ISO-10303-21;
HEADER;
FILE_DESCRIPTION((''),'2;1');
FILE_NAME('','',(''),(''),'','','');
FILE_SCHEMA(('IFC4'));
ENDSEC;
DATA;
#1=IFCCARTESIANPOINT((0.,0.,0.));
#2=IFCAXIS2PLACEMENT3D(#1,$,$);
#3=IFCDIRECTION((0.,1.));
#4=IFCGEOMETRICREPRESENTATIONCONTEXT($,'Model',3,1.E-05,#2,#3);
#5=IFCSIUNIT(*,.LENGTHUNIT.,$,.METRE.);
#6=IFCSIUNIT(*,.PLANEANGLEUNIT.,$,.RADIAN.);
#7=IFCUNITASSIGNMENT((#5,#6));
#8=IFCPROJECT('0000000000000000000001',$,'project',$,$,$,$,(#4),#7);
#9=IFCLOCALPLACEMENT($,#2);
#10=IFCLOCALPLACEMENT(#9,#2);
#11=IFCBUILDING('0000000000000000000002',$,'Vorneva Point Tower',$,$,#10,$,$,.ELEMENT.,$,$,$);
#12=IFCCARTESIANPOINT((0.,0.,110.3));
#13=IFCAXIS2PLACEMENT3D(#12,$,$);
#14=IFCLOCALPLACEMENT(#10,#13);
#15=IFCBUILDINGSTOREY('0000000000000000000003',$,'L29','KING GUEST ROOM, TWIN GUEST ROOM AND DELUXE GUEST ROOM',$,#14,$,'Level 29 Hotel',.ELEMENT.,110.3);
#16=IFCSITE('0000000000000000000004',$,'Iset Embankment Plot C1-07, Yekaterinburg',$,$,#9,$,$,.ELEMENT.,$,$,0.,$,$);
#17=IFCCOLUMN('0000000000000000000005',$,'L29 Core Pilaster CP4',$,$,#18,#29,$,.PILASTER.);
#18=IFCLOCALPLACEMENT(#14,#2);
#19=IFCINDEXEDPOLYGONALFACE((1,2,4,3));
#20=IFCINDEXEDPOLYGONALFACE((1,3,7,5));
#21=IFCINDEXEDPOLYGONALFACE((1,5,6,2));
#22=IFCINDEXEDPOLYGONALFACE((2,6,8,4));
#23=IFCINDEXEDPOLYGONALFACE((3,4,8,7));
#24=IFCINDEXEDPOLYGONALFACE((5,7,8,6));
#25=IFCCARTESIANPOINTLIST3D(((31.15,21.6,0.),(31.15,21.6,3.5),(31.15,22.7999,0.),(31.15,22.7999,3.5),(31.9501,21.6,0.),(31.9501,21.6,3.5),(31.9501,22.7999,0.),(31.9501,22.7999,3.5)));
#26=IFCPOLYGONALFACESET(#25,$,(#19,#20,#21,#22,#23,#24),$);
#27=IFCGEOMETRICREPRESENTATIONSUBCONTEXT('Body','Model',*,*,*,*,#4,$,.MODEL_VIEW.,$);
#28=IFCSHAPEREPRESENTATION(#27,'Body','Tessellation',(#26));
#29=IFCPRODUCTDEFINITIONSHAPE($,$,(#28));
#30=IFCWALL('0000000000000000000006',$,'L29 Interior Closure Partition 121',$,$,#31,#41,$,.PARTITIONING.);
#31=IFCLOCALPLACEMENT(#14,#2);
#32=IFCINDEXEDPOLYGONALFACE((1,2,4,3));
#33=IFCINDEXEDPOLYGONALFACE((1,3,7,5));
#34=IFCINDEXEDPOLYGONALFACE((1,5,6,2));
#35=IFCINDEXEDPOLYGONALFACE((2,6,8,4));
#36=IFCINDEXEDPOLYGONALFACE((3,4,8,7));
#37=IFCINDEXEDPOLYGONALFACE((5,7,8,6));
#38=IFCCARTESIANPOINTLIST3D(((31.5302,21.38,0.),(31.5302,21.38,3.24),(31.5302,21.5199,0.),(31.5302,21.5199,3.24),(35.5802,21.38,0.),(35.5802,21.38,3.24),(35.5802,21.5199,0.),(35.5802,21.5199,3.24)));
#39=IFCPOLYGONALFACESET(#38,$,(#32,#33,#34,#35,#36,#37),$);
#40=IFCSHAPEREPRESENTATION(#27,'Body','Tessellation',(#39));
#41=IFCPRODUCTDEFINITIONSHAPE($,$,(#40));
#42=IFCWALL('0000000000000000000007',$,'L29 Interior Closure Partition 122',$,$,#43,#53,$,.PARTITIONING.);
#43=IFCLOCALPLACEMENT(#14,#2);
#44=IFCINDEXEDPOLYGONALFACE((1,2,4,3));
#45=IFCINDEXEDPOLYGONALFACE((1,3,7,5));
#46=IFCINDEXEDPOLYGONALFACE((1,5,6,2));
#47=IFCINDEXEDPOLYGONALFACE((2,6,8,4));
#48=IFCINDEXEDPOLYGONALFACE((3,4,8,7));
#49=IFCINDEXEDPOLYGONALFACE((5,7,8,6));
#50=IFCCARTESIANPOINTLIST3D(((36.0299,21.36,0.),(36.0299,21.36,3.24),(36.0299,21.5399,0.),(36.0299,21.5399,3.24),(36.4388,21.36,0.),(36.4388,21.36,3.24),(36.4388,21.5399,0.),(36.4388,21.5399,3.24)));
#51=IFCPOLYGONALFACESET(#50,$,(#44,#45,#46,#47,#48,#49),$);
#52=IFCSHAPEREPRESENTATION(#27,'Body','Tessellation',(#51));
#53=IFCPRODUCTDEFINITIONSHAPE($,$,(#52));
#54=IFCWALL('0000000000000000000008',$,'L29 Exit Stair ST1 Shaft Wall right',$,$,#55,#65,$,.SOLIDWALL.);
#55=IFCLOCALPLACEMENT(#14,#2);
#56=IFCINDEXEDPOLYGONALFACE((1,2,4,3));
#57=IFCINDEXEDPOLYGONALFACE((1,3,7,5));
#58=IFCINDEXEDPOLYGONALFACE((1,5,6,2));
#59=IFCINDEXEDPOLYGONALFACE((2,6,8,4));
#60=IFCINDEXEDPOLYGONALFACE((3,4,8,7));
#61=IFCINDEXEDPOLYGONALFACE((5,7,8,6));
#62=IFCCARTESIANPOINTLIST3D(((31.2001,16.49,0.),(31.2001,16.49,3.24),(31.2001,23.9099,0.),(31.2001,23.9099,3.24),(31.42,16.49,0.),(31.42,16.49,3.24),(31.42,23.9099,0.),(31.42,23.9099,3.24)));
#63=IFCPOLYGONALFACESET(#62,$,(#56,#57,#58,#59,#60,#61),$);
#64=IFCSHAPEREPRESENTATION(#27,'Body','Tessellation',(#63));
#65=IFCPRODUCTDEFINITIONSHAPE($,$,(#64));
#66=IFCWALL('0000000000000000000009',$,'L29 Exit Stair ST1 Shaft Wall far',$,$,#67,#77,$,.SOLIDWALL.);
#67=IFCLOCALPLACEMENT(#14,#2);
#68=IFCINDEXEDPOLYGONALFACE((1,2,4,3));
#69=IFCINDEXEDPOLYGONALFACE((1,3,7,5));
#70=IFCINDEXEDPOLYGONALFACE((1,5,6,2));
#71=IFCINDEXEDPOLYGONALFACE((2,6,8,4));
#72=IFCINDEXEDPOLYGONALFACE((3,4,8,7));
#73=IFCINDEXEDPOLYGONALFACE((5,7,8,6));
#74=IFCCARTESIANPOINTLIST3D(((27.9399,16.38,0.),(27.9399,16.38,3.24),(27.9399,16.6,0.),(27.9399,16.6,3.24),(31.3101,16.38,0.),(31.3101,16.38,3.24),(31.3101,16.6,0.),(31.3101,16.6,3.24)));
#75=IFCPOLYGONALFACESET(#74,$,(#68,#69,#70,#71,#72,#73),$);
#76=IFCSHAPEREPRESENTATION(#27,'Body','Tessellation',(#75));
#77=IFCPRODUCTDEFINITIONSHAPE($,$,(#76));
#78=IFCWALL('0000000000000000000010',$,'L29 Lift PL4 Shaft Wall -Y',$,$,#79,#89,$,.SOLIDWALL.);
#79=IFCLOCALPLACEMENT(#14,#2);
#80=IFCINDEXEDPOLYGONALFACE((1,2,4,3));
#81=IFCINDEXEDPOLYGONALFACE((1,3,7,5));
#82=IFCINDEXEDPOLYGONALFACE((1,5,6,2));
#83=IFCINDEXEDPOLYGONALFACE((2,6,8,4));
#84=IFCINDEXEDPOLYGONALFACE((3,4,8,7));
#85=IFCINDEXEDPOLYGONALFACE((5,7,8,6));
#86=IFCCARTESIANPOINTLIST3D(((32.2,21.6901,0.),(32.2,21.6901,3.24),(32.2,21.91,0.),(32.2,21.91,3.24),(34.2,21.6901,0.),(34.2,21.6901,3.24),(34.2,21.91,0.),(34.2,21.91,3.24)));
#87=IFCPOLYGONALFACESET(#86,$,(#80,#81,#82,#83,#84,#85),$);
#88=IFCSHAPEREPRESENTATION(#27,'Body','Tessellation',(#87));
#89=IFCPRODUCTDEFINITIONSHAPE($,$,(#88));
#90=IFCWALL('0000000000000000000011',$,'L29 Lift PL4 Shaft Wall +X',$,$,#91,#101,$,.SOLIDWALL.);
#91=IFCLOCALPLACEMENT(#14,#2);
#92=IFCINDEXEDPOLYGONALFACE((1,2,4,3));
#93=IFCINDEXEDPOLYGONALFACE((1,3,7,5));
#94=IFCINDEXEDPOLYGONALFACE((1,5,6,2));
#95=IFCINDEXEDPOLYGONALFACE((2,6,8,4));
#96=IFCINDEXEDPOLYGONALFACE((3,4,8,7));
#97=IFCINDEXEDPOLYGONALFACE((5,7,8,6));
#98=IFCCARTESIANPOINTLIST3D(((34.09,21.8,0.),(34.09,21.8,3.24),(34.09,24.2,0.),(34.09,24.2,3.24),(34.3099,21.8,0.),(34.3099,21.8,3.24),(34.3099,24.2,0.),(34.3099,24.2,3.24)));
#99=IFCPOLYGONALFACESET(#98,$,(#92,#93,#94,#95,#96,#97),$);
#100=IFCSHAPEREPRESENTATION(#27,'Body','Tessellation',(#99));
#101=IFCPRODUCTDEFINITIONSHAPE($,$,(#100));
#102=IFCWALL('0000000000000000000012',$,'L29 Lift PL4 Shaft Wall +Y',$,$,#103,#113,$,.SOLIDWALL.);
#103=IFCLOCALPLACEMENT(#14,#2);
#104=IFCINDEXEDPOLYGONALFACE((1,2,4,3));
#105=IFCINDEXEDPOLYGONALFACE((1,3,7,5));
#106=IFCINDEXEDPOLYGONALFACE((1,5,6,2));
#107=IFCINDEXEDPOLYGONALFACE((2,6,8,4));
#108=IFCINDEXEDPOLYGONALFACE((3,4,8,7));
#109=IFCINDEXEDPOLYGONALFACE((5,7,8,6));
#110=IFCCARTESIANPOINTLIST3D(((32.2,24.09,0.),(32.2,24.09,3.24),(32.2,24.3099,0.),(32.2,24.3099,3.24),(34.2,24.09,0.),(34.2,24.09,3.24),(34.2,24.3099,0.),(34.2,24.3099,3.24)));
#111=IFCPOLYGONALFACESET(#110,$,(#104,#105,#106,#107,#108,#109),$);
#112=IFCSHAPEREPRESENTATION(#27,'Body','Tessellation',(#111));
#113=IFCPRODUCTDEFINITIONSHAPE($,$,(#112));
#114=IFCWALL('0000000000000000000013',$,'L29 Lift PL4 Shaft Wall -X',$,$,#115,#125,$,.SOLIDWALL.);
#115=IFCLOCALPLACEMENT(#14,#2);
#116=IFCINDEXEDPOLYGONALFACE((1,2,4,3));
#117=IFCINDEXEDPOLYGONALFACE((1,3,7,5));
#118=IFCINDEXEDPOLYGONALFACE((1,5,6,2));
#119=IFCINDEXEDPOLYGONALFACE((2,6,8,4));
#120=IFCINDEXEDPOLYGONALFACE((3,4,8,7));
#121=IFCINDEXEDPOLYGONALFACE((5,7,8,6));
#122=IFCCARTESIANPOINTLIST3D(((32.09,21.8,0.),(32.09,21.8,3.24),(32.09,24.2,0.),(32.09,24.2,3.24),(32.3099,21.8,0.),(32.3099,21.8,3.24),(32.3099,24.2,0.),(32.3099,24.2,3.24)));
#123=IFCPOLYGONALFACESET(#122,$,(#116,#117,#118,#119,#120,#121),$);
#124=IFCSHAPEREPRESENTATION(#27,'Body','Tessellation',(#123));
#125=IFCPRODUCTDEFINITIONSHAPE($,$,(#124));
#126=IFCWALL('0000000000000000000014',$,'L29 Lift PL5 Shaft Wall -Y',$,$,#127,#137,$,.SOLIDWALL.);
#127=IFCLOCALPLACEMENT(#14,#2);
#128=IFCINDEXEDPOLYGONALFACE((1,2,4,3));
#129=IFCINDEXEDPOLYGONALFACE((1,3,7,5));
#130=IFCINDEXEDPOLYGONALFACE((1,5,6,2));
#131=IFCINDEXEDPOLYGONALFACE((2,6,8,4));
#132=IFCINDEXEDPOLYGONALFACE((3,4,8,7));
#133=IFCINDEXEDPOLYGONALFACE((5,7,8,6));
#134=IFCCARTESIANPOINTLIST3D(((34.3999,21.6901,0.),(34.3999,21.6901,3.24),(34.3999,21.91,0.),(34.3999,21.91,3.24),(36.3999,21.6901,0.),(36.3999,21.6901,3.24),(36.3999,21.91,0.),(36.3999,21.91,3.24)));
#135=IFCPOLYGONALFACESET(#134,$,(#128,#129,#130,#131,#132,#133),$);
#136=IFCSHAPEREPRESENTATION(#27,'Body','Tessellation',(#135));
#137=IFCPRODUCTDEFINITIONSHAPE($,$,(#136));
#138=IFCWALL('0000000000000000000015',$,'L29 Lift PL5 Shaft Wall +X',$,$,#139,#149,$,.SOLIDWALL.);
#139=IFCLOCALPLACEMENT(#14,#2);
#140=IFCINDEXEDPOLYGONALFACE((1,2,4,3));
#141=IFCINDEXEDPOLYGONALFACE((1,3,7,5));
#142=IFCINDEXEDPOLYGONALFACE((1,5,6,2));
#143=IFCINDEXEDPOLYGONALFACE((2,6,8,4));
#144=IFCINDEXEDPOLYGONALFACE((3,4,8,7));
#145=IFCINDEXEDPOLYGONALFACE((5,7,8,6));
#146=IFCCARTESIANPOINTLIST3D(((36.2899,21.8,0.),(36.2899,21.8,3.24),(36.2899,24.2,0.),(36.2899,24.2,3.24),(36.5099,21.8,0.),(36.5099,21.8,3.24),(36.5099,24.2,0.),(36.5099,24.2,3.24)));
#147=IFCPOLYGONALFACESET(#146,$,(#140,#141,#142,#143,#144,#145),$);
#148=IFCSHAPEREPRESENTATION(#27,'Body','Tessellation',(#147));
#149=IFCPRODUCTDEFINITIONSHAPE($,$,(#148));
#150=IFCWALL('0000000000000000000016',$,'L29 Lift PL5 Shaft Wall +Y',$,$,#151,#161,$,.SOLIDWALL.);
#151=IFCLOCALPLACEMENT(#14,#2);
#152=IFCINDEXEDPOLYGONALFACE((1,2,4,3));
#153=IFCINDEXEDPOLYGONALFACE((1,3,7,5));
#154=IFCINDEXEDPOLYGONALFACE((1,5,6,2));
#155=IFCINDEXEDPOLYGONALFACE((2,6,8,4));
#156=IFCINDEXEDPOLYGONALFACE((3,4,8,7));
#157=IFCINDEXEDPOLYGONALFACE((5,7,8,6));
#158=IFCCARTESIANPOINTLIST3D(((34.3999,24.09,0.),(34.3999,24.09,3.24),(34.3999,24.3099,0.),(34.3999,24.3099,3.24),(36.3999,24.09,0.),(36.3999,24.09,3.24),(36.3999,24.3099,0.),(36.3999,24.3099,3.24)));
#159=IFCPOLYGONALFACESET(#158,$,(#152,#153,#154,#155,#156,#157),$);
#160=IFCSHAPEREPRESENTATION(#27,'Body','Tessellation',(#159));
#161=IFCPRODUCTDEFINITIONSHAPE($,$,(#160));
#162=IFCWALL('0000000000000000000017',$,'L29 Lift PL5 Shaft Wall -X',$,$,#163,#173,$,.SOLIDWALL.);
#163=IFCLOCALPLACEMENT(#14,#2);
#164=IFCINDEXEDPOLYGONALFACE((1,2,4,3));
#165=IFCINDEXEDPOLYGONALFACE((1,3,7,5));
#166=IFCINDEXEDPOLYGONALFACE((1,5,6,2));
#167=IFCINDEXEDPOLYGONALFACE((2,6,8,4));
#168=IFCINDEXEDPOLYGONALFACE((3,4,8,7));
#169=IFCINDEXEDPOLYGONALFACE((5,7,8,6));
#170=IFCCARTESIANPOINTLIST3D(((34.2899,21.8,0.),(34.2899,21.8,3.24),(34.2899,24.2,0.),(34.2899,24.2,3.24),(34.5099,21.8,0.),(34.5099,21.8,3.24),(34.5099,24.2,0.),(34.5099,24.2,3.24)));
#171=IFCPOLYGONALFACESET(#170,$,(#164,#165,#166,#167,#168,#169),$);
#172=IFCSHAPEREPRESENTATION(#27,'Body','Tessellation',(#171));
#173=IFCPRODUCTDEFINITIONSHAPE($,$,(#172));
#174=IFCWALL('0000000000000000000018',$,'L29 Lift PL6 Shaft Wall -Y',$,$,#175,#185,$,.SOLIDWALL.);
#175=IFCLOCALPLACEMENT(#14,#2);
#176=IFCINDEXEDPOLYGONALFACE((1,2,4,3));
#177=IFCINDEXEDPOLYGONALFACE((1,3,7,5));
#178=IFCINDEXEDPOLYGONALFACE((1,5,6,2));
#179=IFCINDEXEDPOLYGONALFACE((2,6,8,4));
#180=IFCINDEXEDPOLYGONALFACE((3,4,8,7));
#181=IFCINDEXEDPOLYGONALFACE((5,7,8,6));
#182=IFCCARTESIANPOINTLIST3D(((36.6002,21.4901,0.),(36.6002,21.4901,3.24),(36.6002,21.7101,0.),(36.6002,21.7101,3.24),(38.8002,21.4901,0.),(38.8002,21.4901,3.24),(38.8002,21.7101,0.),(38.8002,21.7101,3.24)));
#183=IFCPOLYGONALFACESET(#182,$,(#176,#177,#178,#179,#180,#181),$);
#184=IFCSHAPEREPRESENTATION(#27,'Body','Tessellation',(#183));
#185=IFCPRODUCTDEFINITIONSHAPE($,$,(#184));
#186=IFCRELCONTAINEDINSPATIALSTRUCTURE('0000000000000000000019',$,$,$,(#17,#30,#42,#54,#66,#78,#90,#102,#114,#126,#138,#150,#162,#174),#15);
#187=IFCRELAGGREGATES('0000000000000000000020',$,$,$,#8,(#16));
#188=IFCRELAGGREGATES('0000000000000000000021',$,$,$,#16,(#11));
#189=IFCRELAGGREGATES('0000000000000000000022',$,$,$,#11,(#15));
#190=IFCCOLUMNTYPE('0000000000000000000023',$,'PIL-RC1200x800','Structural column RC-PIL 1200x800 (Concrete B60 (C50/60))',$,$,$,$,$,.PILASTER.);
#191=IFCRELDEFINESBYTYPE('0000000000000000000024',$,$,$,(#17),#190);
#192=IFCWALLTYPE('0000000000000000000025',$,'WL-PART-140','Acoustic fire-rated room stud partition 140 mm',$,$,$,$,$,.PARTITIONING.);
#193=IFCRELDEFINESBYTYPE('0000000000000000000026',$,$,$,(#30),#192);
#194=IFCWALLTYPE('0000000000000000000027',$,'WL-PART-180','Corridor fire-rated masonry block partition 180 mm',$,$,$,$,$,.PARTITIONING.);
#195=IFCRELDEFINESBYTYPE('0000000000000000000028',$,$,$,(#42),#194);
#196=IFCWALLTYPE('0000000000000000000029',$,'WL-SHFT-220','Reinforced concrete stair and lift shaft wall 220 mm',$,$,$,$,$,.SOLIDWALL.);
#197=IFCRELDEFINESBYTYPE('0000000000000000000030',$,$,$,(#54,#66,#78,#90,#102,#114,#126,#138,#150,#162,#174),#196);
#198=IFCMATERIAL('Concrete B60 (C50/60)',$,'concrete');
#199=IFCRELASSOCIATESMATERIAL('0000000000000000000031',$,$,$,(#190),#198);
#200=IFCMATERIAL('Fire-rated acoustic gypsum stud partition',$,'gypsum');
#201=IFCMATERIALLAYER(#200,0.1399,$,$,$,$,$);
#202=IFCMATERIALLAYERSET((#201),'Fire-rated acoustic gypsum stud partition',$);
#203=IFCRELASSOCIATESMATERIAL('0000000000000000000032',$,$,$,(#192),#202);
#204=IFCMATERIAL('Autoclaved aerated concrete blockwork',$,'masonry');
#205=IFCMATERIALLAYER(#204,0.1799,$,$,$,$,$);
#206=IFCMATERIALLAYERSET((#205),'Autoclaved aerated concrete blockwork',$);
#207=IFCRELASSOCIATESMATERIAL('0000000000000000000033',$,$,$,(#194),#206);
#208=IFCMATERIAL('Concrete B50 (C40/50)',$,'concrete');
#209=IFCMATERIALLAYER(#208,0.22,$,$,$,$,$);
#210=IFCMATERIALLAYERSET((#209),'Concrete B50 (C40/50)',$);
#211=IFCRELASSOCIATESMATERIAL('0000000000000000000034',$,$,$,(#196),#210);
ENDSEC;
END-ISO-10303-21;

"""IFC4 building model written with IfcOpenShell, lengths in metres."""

from ifc_helpers import new_model, si_unit, direction, frame, frame_2d, origin, origin_2d, place, context, subcontext, project, spatial, rectangle, extrude, material, layer, layer_set, material_profile, profile_set, type_object, element, save


model = new_model("IFC4")

# Units and contexts
model_context = context("Model", 3, precision=1e-05, world=origin(), true_north=direction((0.0, 1.0)))
body_context = subcontext(model_context, "Body", "Model", "MODEL_VIEW")
ifc_project = project(units=[si_unit("LENGTHUNIT", "METRE"), si_unit("PLANEANGLEUNIT", "RADIAN")], contexts=[model_context])

# Site, building, storey
site_placement = place(None, origin())
site = spatial("IfcSite", under=ifc_project, at=site_placement, Name="Iset Embankment Plot C1-07, Yekaterinburg", CompositionType="ELEMENT", RefElevation=0.0)
building_placement = place(site_placement, origin())
building = spatial("IfcBuilding", under=site, at=building_placement, Name="Vorneva Point Tower", CompositionType="ELEMENT")
storey_placement = place(building_placement, frame((0.0, 0.0, 110.3)))
storey = spatial("IfcBuildingStorey", under=building, at=storey_placement, Name="L29", Description="KING GUEST ROOM, TWIN GUEST ROOM AND DELUXE GUEST ROOM", LongName="Level 29 Hotel", CompositionType="ELEMENT", Elevation=110.3)

# Column
ifc_material_1 = material(Name="Concrete B60 (C50/60)", Category="concrete")
ifc_material_profile = material_profile(ifc_material_1, rectangle(XDim=0.8, YDim=1.2, at=origin_2d()), Name="RC-PIL 1200x800")
ifc_profile_set = profile_set([ifc_material_profile], Name="Concrete B60 (C50/60)")
column_type = type_object("IfcColumnType", Name="PIL-RC1200x800", Description="Structural column RC-PIL 1200x800 (Concrete B60 (C50/60))", PredefinedType="PILASTER", material=ifc_profile_set)
column_placement = place(storey_placement, frame((31.55, 22.2, 0.0), z_axis=(0.0, 0.0, 1.0), x_axis=(1.0, 0.0, 0.0)))
element("IfcColumn", 1, at=column_placement, inside=storey, type_object=column_type, Name="L29 Core Pilaster CP4", PredefinedType="PILASTER", context=body_context, shape_type="SweptSolid", body=[
    extrude(rectangle(XDim=0.8, YDim=1.2, at=origin_2d()), origin(), (0.0, 0.0, 1.0), 3.5),
])

# Wall
ifc_material_2 = material(Name="Fire-rated acoustic gypsum stud partition", Category="gypsum")
ifc_layer_1 = layer(ifc_material_2, 0.1399)
ifc_layer_set_1 = layer_set([ifc_layer_1], Name="Fire-rated acoustic gypsum stud partition")
wall_type_1 = type_object("IfcWallType", Name="WL-PART-140", Description="Acoustic fire-rated room stud partition 140 mm", PredefinedType="PARTITIONING", material=ifc_layer_set_1)
wall_1_placement = place(storey_placement, frame((35.5801, 21.45, 0.0), z_axis=(0.0, 0.0, 1.0), x_axis=(-1.0, 0.0, 0.0)))
element("IfcWall", 2, at=wall_1_placement, inside=storey, type_object=wall_type_1, Name="L29 Interior Closure Partition 121", PredefinedType="PARTITIONING", context=body_context, shape_type="SweptSolid", body=[
    extrude(rectangle(XDim=4.05, YDim=0.1399, at=frame_2d((2.0249, 0.0))), origin(), (0.0, 0.0, 1.0), 3.24),
])

# Shared definitions
ifc_material_3 = material(Name="Autoclaved aerated concrete blockwork", Category="masonry")
ifc_layer_2 = layer(ifc_material_3, 0.1799)
ifc_layer_set_2 = layer_set([ifc_layer_2], Name="Autoclaved aerated concrete blockwork")
wall_type_2 = type_object("IfcWallType", Name="WL-PART-180", Description="Corridor fire-rated masonry block partition 180 mm", PredefinedType="PARTITIONING", material=ifc_layer_set_2)

# Walls
wall_2_placement = place(storey_placement, frame((36.439, 21.45, 0.0), z_axis=(0.0, 0.0, 1.0), x_axis=(-1.0, 0.0, 0.0)))
element("IfcWall", 3, at=wall_2_placement, inside=storey, type_object=wall_type_2, Name="L29 Interior Closure Partition 122", PredefinedType="PARTITIONING", context=body_context, shape_type="SweptSolid", body=[
    extrude(rectangle(XDim=0.4089, YDim=0.1799, at=frame_2d((0.2046, 0.0))), origin(), (0.0, 0.0, 1.0), 3.24),
])
ifc_material_4 = material(Name="Concrete B50 (C40/50)", Category="concrete")
ifc_layer_3 = layer(ifc_material_4, 0.22)
ifc_layer_set_3 = layer_set([ifc_layer_3], Name="Concrete B50 (C40/50)")
wall_type_3 = type_object("IfcWallType", Name="WL-SHFT-220", Description="Reinforced concrete stair and lift shaft wall 220 mm", PredefinedType="SOLIDWALL", material=ifc_layer_set_3)
wall_3_placement = place(storey_placement, frame((31.3101, 23.9099, 0.0), z_axis=(0.0, 0.0, 1.0), x_axis=(0.0, -1.0, 0.0)))
element("IfcWall", 4, at=wall_3_placement, inside=storey, type_object=wall_type_3, Name="L29 Exit Stair ST1 Shaft Wall right", PredefinedType="SOLIDWALL", context=body_context, shape_type="SweptSolid", body=[
    extrude(rectangle(XDim=7.4199, YDim=0.22, at=frame_2d((3.71, 0.0))), origin(), (0.0, 0.0, 1.0), 3.24),
])
wall_4_placement = place(storey_placement, frame((31.3101, 16.49, 0.0), z_axis=(0.0, 0.0, 1.0), x_axis=(-1.0, 0.0, 0.0)))
element("IfcWall", 5, at=wall_4_placement, inside=storey, type_object=wall_type_3, Name="L29 Exit Stair ST1 Shaft Wall far", PredefinedType="SOLIDWALL", context=body_context, shape_type="SweptSolid", body=[
    extrude(rectangle(XDim=3.3701, YDim=0.22, at=frame_2d((1.6851, 0.0))), origin(), (0.0, 0.0, 1.0), 3.24),
])
wall_5_placement = place(storey_placement, frame((32.2, 21.8, 0.0), z_axis=(0.0, 0.0, 1.0), x_axis=(1.0, 0.0, 0.0)))
element("IfcWall", 6, at=wall_5_placement, inside=storey, type_object=wall_type_3, Name="L29 Lift PL4 Shaft Wall -Y", PredefinedType="SOLIDWALL", context=body_context, shape_type="SweptSolid", body=[
    extrude(rectangle(XDim=2.0, YDim=0.22, at=frame_2d((1.0, 0.0))), origin(), (0.0, 0.0, 1.0), 3.24),
])
wall_6_placement = place(storey_placement, frame((34.2, 21.8, 0.0), z_axis=(0.0, 0.0, 1.0), x_axis=(0.0, 1.0, 0.0)))
element("IfcWall", 7, at=wall_6_placement, inside=storey, type_object=wall_type_3, Name="L29 Lift PL4 Shaft Wall +X", PredefinedType="SOLIDWALL", context=body_context, shape_type="SweptSolid", body=[
    extrude(rectangle(XDim=2.3999, YDim=0.22, at=frame_2d((1.2, 0.0))), origin(), (0.0, 0.0, 1.0), 3.24),
])
wall_7_placement = place(storey_placement, frame((34.2, 24.2, 0.0), z_axis=(0.0, 0.0, 1.0), x_axis=(-1.0, 0.0, 0.0)))
element("IfcWall", 8, at=wall_7_placement, inside=storey, type_object=wall_type_3, Name="L29 Lift PL4 Shaft Wall +Y", PredefinedType="SOLIDWALL", context=body_context, shape_type="SweptSolid", body=[
    extrude(rectangle(XDim=2.0, YDim=0.22, at=frame_2d((1.0, 0.0))), origin(), (0.0, 0.0, 1.0), 3.24),
])
wall_8_placement = place(storey_placement, frame((32.2, 24.2, 0.0), z_axis=(0.0, 0.0, 1.0), x_axis=(0.0, -1.0, 0.0)))
element("IfcWall", 9, at=wall_8_placement, inside=storey, type_object=wall_type_3, Name="L29 Lift PL4 Shaft Wall -X", PredefinedType="SOLIDWALL", context=body_context, shape_type="SweptSolid", body=[
    extrude(rectangle(XDim=2.3999, YDim=0.22, at=frame_2d((1.2, 0.0))), origin(), (0.0, 0.0, 1.0), 3.24),
])
wall_9_placement = place(storey_placement, frame((34.3999, 21.8, 0.0), z_axis=(0.0, 0.0, 1.0), x_axis=(1.0, 0.0, 0.0)))
element("IfcWall", 10, at=wall_9_placement, inside=storey, type_object=wall_type_3, Name="L29 Lift PL5 Shaft Wall -Y", PredefinedType="SOLIDWALL", context=body_context, shape_type="SweptSolid", body=[
    extrude(rectangle(XDim=2.0, YDim=0.22, at=frame_2d((1.0, 0.0))), origin(), (0.0, 0.0, 1.0), 3.24),
])
wall_10_placement = place(storey_placement, frame((36.3999, 21.8, 0.0), z_axis=(0.0, 0.0, 1.0), x_axis=(0.0, 1.0, 0.0)))
element("IfcWall", 11, at=wall_10_placement, inside=storey, type_object=wall_type_3, Name="L29 Lift PL5 Shaft Wall +X", PredefinedType="SOLIDWALL", context=body_context, shape_type="SweptSolid", body=[
    extrude(rectangle(XDim=2.3999, YDim=0.22, at=frame_2d((1.2, 0.0))), origin(), (0.0, 0.0, 1.0), 3.24),
])
wall_11_placement = place(storey_placement, frame((36.3999, 24.2, 0.0), z_axis=(0.0, 0.0, 1.0), x_axis=(-1.0, 0.0, 0.0)))
element("IfcWall", 12, at=wall_11_placement, inside=storey, type_object=wall_type_3, Name="L29 Lift PL5 Shaft Wall +Y", PredefinedType="SOLIDWALL", context=body_context, shape_type="SweptSolid", body=[
    extrude(rectangle(XDim=2.0, YDim=0.22, at=frame_2d((1.0, 0.0))), origin(), (0.0, 0.0, 1.0), 3.24),
])
wall_12_placement = place(storey_placement, frame((34.3999, 24.2, 0.0), z_axis=(0.0, 0.0, 1.0), x_axis=(0.0, -1.0, 0.0)))
element("IfcWall", 13, at=wall_12_placement, inside=storey, type_object=wall_type_3, Name="L29 Lift PL5 Shaft Wall -X", PredefinedType="SOLIDWALL", context=body_context, shape_type="SweptSolid", body=[
    extrude(rectangle(XDim=2.3999, YDim=0.22, at=frame_2d((1.2, 0.0))), origin(), (0.0, 0.0, 1.0), 3.24),
])
wall_13_placement = place(storey_placement, frame((36.6001, 21.6001, 0.0), z_axis=(0.0, 0.0, 1.0), x_axis=(1.0, 0.0, 0.0)))
element("IfcWall", 14, at=wall_13_placement, inside=storey, type_object=wall_type_3, Name="L29 Lift PL6 Shaft Wall -Y", PredefinedType="SOLIDWALL", context=body_context, shape_type="SweptSolid", body=[
    extrude(rectangle(XDim=2.2, YDim=0.22, at=frame_2d((1.1001, 0.0))), origin(), (0.0, 0.0, 1.0), 3.24),
])

save(model, "model.ifc")
